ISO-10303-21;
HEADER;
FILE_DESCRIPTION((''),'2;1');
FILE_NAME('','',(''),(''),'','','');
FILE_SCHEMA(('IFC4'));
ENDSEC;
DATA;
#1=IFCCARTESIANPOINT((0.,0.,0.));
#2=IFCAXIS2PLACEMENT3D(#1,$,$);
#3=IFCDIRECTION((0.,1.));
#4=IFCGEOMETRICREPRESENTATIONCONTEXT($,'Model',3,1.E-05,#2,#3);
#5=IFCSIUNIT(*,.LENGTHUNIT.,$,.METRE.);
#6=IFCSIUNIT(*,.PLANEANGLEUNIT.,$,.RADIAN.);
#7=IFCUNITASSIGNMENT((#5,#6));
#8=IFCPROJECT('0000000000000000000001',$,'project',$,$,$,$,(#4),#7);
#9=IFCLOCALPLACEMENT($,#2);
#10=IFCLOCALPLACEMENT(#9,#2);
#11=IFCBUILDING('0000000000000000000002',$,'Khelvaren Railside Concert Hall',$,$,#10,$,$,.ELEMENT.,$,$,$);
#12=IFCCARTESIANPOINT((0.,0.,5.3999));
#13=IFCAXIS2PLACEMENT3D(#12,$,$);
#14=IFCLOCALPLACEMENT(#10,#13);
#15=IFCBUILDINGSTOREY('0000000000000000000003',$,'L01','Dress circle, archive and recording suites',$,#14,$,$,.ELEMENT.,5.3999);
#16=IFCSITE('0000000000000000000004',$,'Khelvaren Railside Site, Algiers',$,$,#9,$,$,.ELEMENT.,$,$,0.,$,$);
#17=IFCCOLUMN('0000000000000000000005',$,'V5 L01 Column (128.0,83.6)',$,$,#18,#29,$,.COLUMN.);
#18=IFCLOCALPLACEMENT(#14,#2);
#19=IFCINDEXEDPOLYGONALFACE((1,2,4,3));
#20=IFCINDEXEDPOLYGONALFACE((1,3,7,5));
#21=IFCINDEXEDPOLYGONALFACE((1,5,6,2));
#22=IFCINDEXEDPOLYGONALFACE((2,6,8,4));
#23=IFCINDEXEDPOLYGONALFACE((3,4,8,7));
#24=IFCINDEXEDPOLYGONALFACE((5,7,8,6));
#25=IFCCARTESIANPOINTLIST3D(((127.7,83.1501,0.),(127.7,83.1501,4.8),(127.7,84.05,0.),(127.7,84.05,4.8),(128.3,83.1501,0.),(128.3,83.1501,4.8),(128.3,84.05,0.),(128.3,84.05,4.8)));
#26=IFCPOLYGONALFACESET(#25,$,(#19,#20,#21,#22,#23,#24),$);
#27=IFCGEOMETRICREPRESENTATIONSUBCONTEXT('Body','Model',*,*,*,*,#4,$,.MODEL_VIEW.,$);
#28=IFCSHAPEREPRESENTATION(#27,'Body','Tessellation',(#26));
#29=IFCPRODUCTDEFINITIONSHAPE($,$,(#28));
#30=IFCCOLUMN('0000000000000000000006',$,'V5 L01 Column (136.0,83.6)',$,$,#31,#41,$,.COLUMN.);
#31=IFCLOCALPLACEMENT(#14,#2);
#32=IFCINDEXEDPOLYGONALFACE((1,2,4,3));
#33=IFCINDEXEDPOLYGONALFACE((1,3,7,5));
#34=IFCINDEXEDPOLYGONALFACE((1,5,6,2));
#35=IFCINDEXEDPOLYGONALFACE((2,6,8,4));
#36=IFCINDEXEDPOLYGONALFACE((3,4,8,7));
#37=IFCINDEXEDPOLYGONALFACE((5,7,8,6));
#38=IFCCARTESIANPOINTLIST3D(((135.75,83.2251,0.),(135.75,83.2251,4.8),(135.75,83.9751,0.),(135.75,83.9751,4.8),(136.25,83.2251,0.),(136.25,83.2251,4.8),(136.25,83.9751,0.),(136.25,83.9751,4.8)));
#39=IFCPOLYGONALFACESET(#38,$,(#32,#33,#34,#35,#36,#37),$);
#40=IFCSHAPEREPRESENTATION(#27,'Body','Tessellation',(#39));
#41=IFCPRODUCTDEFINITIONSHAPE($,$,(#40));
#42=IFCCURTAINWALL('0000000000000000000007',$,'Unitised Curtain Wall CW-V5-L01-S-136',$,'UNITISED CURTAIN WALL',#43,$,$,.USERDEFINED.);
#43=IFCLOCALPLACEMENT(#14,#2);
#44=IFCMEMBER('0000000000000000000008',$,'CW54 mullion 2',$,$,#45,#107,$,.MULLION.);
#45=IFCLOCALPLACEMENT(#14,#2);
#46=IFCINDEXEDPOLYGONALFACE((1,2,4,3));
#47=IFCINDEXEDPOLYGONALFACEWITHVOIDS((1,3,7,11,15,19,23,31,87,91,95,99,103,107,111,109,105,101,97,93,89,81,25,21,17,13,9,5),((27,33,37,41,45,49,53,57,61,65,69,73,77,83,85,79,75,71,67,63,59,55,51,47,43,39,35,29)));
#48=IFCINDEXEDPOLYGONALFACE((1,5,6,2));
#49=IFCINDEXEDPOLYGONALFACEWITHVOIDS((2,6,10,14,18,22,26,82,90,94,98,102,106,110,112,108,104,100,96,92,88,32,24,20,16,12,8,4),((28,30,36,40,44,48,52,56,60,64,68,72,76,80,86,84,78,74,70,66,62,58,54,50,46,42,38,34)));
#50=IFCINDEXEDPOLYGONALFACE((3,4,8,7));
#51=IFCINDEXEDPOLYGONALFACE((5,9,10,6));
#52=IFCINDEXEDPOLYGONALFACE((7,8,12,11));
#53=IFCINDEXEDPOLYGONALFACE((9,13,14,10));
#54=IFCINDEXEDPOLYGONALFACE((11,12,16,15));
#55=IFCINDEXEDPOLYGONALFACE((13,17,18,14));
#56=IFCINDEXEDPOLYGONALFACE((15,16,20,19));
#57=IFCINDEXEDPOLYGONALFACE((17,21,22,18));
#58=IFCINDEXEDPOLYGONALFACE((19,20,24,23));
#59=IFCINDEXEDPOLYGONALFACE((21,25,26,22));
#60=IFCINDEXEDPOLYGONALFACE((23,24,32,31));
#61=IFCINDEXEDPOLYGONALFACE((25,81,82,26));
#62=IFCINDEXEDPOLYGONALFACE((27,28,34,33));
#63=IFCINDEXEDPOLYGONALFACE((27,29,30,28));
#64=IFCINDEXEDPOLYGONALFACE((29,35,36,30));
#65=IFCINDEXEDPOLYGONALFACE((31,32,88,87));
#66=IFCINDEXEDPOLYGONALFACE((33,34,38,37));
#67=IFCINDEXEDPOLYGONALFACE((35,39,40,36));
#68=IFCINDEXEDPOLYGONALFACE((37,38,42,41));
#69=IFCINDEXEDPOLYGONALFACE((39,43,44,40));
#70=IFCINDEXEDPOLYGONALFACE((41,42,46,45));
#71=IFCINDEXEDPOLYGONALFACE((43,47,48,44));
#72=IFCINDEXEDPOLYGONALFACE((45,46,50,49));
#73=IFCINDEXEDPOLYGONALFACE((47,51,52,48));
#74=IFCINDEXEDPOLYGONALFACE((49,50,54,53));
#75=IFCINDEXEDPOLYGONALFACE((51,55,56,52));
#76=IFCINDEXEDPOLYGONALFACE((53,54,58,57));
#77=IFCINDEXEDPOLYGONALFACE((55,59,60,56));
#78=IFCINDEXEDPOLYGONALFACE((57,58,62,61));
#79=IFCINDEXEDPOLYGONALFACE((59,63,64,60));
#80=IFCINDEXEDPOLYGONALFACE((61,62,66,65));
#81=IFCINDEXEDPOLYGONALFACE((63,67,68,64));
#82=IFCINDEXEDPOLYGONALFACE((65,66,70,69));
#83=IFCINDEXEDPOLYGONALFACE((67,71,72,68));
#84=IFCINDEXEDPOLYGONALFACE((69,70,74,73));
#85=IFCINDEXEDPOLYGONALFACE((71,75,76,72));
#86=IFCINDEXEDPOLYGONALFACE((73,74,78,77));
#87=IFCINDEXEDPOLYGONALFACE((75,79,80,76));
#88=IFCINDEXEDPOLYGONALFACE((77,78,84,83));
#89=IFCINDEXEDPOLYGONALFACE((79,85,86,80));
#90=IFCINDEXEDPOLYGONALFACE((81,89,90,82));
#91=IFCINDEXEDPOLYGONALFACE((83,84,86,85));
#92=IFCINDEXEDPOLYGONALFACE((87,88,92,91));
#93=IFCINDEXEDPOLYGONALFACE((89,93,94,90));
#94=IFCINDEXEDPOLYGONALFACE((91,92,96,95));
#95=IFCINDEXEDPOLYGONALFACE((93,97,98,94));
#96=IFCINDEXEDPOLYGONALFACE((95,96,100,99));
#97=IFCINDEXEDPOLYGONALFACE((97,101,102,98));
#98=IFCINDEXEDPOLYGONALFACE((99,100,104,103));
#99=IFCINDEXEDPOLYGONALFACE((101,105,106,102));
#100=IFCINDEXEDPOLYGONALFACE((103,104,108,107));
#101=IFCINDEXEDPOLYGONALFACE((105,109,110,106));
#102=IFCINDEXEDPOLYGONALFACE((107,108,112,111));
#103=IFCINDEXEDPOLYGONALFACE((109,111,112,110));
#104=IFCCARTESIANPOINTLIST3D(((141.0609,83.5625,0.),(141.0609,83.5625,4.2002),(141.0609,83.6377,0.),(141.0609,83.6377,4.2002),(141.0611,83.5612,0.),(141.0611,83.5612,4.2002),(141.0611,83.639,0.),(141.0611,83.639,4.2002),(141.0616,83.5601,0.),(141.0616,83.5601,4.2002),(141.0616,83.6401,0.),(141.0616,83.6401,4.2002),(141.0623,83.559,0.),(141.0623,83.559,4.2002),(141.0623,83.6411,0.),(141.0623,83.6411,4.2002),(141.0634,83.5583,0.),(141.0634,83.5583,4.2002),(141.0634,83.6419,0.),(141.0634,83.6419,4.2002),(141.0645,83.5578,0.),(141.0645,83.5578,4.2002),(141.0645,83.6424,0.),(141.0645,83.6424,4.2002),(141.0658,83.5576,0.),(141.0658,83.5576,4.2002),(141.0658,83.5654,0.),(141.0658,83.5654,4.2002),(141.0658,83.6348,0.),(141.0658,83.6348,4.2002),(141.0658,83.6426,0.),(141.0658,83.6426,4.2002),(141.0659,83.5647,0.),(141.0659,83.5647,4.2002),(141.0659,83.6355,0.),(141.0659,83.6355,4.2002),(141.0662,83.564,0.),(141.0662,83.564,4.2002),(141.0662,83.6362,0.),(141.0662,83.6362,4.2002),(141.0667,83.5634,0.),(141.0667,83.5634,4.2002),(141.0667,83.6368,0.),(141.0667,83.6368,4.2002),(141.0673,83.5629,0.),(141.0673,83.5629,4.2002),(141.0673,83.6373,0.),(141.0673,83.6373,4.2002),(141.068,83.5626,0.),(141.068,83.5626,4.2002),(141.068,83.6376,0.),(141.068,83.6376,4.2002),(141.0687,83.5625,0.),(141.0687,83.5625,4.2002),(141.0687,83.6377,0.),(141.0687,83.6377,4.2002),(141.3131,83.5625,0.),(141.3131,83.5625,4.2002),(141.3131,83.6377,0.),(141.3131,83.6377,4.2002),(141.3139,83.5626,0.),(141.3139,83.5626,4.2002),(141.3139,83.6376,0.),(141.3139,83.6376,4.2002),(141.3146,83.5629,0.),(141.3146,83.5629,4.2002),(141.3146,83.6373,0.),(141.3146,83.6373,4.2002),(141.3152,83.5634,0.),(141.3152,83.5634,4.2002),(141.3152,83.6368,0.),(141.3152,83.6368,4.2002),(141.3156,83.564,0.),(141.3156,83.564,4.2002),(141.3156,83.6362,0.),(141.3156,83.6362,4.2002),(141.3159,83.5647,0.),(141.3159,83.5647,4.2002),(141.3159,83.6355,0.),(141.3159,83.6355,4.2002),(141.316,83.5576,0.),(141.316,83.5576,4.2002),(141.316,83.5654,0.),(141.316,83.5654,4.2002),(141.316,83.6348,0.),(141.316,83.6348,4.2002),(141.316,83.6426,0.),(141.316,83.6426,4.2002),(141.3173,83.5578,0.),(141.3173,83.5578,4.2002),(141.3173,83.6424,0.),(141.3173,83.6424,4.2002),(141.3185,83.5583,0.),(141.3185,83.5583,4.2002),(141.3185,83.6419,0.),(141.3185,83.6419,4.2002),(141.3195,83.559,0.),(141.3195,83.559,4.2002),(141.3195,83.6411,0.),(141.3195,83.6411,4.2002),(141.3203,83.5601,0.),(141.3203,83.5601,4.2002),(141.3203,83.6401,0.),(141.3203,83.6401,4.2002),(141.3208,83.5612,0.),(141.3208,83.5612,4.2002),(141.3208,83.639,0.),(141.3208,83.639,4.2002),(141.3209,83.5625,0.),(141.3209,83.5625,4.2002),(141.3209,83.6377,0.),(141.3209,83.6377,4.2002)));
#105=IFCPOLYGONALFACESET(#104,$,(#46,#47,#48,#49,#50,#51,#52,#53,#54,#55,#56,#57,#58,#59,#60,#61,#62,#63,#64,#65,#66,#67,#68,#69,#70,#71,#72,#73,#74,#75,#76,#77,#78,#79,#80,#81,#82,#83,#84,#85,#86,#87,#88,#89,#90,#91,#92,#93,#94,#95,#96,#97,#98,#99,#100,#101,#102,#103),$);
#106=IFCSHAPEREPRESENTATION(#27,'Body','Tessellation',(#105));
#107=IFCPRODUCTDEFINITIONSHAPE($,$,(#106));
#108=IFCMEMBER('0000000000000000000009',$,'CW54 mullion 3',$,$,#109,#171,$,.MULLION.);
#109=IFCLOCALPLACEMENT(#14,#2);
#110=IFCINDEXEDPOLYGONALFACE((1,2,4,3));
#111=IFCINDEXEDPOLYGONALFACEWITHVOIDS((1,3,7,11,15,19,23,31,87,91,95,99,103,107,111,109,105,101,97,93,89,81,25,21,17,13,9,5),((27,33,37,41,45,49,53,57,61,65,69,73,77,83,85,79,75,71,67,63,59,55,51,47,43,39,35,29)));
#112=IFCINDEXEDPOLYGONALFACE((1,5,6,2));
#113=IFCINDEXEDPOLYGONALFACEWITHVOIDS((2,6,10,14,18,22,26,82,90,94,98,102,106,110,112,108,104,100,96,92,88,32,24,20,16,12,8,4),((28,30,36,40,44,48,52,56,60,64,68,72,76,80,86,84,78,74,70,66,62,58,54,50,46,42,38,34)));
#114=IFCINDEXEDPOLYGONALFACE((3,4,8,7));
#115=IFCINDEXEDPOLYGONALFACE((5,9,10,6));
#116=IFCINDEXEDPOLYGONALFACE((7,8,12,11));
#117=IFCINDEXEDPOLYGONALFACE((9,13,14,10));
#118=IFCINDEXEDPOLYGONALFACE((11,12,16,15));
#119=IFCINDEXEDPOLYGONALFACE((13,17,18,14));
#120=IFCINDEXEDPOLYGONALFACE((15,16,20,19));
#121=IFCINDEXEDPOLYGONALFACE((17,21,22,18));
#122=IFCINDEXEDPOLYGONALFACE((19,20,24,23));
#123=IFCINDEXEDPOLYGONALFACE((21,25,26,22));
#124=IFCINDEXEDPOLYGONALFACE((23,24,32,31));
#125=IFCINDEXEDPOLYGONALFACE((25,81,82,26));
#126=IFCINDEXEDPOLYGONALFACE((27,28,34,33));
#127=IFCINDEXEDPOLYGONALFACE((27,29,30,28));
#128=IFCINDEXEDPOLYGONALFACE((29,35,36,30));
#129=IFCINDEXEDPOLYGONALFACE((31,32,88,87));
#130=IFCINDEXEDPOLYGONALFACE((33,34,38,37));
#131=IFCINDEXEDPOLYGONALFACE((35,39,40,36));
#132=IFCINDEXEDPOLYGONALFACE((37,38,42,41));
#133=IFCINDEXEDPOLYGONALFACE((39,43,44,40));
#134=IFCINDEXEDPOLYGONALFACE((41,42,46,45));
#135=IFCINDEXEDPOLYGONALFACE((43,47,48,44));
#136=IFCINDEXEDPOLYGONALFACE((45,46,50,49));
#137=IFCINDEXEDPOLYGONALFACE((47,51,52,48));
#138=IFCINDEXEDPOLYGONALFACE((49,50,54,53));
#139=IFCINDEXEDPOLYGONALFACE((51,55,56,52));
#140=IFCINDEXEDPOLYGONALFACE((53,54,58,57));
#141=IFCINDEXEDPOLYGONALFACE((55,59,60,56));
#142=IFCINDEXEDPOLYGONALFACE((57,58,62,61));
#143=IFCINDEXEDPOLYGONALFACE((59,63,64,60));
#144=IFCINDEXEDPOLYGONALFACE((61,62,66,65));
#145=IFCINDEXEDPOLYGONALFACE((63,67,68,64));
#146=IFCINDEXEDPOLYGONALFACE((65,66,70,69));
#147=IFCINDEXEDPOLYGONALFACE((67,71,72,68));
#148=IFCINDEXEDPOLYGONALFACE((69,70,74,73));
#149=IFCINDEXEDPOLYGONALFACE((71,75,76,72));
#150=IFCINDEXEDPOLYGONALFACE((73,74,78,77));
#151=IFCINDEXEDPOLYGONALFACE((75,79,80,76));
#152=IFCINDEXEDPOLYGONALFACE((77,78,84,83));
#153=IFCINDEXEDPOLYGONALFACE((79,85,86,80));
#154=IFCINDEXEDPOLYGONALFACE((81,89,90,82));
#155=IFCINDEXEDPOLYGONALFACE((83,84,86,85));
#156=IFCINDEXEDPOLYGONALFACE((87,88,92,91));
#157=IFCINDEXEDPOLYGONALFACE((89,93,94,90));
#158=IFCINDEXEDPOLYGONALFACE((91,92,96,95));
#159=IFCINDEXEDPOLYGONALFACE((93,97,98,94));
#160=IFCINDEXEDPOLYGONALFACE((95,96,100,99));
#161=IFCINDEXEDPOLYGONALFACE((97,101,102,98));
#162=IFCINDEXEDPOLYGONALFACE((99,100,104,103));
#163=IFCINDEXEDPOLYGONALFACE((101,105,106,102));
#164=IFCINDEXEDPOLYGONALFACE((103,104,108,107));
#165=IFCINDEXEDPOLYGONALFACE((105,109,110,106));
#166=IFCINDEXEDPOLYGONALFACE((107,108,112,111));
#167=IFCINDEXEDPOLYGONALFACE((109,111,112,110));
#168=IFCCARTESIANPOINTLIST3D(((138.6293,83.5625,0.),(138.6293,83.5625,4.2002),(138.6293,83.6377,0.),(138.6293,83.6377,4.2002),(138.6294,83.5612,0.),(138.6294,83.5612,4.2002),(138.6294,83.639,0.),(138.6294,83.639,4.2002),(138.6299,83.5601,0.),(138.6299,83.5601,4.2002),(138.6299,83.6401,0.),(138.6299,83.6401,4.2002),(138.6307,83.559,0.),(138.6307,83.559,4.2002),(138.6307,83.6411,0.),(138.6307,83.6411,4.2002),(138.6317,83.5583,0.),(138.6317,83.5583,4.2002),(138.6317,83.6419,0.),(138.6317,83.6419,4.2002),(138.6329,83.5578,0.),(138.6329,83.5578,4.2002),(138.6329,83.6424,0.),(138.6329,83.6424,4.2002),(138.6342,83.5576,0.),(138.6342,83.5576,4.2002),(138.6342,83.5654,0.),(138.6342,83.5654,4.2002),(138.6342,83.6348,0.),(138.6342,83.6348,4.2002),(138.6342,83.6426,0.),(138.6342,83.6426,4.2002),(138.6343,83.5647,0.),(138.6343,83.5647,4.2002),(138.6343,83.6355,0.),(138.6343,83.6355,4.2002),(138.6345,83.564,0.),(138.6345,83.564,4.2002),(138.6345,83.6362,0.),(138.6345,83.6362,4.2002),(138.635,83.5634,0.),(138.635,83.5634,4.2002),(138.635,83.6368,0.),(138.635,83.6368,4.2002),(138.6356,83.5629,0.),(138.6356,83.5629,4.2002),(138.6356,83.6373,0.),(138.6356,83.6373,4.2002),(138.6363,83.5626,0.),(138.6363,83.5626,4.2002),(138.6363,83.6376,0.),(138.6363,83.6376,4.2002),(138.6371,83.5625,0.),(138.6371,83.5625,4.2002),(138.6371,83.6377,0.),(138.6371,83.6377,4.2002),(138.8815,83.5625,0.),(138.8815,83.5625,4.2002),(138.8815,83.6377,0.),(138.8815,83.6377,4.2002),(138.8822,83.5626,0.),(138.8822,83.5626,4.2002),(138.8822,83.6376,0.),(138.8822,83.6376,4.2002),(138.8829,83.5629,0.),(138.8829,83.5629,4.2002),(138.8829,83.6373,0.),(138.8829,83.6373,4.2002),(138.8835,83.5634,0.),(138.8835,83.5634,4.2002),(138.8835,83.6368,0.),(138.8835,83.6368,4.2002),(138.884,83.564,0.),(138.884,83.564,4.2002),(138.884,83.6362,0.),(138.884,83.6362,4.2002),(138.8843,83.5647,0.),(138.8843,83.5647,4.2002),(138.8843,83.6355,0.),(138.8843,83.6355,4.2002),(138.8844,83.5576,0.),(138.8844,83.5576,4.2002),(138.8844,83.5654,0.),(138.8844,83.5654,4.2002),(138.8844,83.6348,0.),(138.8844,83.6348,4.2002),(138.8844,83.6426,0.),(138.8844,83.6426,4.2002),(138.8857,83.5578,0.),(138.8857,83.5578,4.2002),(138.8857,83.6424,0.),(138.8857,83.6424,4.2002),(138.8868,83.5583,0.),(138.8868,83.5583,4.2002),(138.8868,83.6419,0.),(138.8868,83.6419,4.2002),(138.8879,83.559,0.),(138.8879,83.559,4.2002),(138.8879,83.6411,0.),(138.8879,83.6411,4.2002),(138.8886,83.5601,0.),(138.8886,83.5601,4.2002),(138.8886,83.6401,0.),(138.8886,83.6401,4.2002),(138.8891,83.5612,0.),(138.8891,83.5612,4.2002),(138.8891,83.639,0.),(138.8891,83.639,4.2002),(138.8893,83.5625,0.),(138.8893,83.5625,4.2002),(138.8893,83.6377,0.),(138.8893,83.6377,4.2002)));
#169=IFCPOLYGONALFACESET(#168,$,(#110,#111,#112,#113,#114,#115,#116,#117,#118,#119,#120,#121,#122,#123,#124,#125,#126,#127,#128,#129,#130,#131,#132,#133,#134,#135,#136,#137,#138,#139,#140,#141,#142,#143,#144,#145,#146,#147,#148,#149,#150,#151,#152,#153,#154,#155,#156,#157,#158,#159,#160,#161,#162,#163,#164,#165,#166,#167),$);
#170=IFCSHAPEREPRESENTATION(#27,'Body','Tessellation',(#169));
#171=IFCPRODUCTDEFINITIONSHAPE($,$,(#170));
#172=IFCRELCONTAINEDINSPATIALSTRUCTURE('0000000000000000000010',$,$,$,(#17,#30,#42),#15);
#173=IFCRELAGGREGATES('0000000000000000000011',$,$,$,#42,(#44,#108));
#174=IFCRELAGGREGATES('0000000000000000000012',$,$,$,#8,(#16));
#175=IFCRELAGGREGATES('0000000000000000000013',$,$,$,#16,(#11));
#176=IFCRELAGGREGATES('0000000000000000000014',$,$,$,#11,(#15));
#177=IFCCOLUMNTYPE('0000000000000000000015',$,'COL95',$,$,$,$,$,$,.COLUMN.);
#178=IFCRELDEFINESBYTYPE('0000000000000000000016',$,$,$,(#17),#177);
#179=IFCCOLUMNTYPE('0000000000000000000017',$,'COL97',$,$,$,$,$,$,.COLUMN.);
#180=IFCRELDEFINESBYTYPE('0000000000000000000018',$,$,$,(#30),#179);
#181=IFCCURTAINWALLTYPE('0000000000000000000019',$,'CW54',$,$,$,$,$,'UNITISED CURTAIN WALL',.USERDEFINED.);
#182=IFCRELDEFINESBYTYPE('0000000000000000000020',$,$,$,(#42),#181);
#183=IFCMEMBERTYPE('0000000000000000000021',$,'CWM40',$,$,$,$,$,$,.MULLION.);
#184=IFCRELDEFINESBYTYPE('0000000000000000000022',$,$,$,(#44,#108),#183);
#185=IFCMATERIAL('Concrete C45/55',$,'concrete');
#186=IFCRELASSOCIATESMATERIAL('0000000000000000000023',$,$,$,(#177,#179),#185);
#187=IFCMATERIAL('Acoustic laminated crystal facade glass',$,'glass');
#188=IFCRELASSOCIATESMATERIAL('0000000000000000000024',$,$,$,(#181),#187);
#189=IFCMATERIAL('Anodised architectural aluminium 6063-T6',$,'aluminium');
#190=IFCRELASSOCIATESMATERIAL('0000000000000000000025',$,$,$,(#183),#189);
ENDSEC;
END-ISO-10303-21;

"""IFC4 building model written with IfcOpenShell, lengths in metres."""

from ifc_helpers import new_model, si_unit, direction, frame, origin, origin_2d, place, context, subcontext, project, spatial, rectangle, hollow_rectangle, extrude, material, material_profile, profile_set, type_object, element, aggregate, save


model = new_model("IFC4")

# Units and contexts
model_context = context("Model", 3, precision=1e-05, world=origin(), true_north=direction((0.0, 1.0)))
body_context = subcontext(model_context, "Body", "Model", "MODEL_VIEW")
ifc_project = project(units=[si_unit("LENGTHUNIT", "METRE"), si_unit("PLANEANGLEUNIT", "RADIAN")], contexts=[model_context])

# Site, building, storey
site_placement = place(None, origin())
site = spatial("IfcSite", under=ifc_project, at=site_placement, Name="Khelvaren Railside Site, Algiers", CompositionType="ELEMENT", RefElevation=0.0)
building_placement = place(site_placement, origin())
building = spatial("IfcBuilding", under=site, at=building_placement, Name="Khelvaren Railside Concert Hall", CompositionType="ELEMENT")
storey_placement = place(building_placement, frame((0.0, 0.0, 5.3999)))
storey = spatial("IfcBuildingStorey", under=building, at=storey_placement, Name="L01", Description="Dress circle, archive and recording suites", CompositionType="ELEMENT", Elevation=5.3999)

# Columns
ifc_material_1 = material(Name="Concrete C45/55", Category="concrete")
ifc_material_profile_1 = material_profile(ifc_material_1, rectangle(XDim=0.6001, YDim=0.8999, at=origin_2d()), Name="RC 600x900")
ifc_profile_set_1 = profile_set([ifc_material_profile_1], Name="Concrete C45/55")
column_type_1 = type_object("IfcColumnType", Name="COL95", PredefinedType="COLUMN", material=ifc_profile_set_1)
column_1_placement = place(storey_placement, frame((128.0, 83.6001, 0.0), z_axis=(0.0, 0.0, 1.0), x_axis=(1.0, 0.0, 0.0)))
element("IfcColumn", 1, at=column_1_placement, inside=storey, type_object=column_type_1, Name="V5 L01 Column (128.0,83.6)", PredefinedType="COLUMN", context=body_context, shape_type="SweptSolid", body=[
    extrude(rectangle(XDim=0.6001, YDim=0.8999, at=origin_2d()), origin(), (0.0, 0.0, 1.0), 4.8),
])
ifc_material_profile_2 = material_profile(ifc_material_1, rectangle(XDim=0.5, YDim=0.75, at=origin_2d()), Name="RC 500x750")
ifc_profile_set_2 = profile_set([ifc_material_profile_2], Name="Concrete C45/55")
column_type_2 = type_object("IfcColumnType", Name="COL97", PredefinedType="COLUMN", material=ifc_profile_set_2)
column_2_placement = place(storey_placement, frame((136.0, 83.6001, 0.0), z_axis=(0.0, 0.0, 1.0), x_axis=(1.0, 0.0, 0.0)))
element("IfcColumn", 2, at=column_2_placement, inside=storey, type_object=column_type_2, Name="V5 L01 Column (136.0,83.6)", PredefinedType="COLUMN", context=body_context, shape_type="SweptSolid", body=[
    extrude(rectangle(XDim=0.5, YDim=0.75, at=origin_2d()), origin(), (0.0, 0.0, 1.0), 4.8),
])

# Curtain wall, members
ifc_material_2 = material(Name="Acoustic laminated crystal facade glass", Category="glass")
curtain_wall_type = type_object("IfcCurtainWallType", Name="CW54", ElementType="UNITISED CURTAIN WALL", PredefinedType="USERDEFINED", material=ifc_material_2)
curtain_wall_placement = place(storey_placement, origin())
curtain_wall = element("IfcCurtainWall", 3, at=curtain_wall_placement, inside=storey, type_object=curtain_wall_type, Name="Unitised Curtain Wall CW-V5-L01-S-136", ObjectType="UNITISED CURTAIN WALL", PredefinedType="USERDEFINED")
ifc_material_3 = material(Name="Anodised architectural aluminium 6063-T6", Category="aluminium")
ifc_material_profile_3 = material_profile(ifc_material_3, hollow_rectangle(XDim=0.085, YDim=0.26, WallThickness=0.0049, InnerFilletRadius=0.0029, OuterFilletRadius=0.0049, at=origin_2d()), Name="CWM 85x260x5")
ifc_profile_set_3 = profile_set([ifc_material_profile_3], Name="Anodised architectural aluminium 6063-T6")
member_type_1 = type_object("IfcMemberType", Name="CWM40", PredefinedType="MULLION", material=ifc_profile_set_3)
member_1_placement = place(storey_placement, frame((141.1909, 83.6001, 0.0), z_axis=(0.0, 0.0, 1.0), x_axis=(0.0, -1.0, 0.0)))
member_1 = element("IfcMember", 4, at=member_1_placement, type_object=member_type_1, Name="CW54 mullion 2", PredefinedType="MULLION", context=body_context, shape_type="SweptSolid", body=[
    extrude(hollow_rectangle(XDim=0.085, YDim=0.26, WallThickness=0.0049, InnerFilletRadius=0.0029, OuterFilletRadius=0.0049, at=origin_2d()), origin(), (0.0, 0.0, 1.0), 4.2002),
])
member_2_placement = place(storey_placement, frame((138.7593, 83.6001, 0.0), z_axis=(0.0, 0.0, 1.0), x_axis=(0.0, -1.0, 0.0)))
member_2 = element("IfcMember", 5, at=member_2_placement, type_object=member_type_1, Name="CW54 mullion 3", PredefinedType="MULLION", context=body_context, shape_type="SweptSolid", body=[
    extrude(hollow_rectangle(XDim=0.085, YDim=0.26, WallThickness=0.0049, InnerFilletRadius=0.0029, OuterFilletRadius=0.0049, at=origin_2d()), origin(), (0.0, 0.0, 1.0), 4.2002),
])

aggregate(curtain_wall, [member_1, member_2])

save(model, "model.ifc")
